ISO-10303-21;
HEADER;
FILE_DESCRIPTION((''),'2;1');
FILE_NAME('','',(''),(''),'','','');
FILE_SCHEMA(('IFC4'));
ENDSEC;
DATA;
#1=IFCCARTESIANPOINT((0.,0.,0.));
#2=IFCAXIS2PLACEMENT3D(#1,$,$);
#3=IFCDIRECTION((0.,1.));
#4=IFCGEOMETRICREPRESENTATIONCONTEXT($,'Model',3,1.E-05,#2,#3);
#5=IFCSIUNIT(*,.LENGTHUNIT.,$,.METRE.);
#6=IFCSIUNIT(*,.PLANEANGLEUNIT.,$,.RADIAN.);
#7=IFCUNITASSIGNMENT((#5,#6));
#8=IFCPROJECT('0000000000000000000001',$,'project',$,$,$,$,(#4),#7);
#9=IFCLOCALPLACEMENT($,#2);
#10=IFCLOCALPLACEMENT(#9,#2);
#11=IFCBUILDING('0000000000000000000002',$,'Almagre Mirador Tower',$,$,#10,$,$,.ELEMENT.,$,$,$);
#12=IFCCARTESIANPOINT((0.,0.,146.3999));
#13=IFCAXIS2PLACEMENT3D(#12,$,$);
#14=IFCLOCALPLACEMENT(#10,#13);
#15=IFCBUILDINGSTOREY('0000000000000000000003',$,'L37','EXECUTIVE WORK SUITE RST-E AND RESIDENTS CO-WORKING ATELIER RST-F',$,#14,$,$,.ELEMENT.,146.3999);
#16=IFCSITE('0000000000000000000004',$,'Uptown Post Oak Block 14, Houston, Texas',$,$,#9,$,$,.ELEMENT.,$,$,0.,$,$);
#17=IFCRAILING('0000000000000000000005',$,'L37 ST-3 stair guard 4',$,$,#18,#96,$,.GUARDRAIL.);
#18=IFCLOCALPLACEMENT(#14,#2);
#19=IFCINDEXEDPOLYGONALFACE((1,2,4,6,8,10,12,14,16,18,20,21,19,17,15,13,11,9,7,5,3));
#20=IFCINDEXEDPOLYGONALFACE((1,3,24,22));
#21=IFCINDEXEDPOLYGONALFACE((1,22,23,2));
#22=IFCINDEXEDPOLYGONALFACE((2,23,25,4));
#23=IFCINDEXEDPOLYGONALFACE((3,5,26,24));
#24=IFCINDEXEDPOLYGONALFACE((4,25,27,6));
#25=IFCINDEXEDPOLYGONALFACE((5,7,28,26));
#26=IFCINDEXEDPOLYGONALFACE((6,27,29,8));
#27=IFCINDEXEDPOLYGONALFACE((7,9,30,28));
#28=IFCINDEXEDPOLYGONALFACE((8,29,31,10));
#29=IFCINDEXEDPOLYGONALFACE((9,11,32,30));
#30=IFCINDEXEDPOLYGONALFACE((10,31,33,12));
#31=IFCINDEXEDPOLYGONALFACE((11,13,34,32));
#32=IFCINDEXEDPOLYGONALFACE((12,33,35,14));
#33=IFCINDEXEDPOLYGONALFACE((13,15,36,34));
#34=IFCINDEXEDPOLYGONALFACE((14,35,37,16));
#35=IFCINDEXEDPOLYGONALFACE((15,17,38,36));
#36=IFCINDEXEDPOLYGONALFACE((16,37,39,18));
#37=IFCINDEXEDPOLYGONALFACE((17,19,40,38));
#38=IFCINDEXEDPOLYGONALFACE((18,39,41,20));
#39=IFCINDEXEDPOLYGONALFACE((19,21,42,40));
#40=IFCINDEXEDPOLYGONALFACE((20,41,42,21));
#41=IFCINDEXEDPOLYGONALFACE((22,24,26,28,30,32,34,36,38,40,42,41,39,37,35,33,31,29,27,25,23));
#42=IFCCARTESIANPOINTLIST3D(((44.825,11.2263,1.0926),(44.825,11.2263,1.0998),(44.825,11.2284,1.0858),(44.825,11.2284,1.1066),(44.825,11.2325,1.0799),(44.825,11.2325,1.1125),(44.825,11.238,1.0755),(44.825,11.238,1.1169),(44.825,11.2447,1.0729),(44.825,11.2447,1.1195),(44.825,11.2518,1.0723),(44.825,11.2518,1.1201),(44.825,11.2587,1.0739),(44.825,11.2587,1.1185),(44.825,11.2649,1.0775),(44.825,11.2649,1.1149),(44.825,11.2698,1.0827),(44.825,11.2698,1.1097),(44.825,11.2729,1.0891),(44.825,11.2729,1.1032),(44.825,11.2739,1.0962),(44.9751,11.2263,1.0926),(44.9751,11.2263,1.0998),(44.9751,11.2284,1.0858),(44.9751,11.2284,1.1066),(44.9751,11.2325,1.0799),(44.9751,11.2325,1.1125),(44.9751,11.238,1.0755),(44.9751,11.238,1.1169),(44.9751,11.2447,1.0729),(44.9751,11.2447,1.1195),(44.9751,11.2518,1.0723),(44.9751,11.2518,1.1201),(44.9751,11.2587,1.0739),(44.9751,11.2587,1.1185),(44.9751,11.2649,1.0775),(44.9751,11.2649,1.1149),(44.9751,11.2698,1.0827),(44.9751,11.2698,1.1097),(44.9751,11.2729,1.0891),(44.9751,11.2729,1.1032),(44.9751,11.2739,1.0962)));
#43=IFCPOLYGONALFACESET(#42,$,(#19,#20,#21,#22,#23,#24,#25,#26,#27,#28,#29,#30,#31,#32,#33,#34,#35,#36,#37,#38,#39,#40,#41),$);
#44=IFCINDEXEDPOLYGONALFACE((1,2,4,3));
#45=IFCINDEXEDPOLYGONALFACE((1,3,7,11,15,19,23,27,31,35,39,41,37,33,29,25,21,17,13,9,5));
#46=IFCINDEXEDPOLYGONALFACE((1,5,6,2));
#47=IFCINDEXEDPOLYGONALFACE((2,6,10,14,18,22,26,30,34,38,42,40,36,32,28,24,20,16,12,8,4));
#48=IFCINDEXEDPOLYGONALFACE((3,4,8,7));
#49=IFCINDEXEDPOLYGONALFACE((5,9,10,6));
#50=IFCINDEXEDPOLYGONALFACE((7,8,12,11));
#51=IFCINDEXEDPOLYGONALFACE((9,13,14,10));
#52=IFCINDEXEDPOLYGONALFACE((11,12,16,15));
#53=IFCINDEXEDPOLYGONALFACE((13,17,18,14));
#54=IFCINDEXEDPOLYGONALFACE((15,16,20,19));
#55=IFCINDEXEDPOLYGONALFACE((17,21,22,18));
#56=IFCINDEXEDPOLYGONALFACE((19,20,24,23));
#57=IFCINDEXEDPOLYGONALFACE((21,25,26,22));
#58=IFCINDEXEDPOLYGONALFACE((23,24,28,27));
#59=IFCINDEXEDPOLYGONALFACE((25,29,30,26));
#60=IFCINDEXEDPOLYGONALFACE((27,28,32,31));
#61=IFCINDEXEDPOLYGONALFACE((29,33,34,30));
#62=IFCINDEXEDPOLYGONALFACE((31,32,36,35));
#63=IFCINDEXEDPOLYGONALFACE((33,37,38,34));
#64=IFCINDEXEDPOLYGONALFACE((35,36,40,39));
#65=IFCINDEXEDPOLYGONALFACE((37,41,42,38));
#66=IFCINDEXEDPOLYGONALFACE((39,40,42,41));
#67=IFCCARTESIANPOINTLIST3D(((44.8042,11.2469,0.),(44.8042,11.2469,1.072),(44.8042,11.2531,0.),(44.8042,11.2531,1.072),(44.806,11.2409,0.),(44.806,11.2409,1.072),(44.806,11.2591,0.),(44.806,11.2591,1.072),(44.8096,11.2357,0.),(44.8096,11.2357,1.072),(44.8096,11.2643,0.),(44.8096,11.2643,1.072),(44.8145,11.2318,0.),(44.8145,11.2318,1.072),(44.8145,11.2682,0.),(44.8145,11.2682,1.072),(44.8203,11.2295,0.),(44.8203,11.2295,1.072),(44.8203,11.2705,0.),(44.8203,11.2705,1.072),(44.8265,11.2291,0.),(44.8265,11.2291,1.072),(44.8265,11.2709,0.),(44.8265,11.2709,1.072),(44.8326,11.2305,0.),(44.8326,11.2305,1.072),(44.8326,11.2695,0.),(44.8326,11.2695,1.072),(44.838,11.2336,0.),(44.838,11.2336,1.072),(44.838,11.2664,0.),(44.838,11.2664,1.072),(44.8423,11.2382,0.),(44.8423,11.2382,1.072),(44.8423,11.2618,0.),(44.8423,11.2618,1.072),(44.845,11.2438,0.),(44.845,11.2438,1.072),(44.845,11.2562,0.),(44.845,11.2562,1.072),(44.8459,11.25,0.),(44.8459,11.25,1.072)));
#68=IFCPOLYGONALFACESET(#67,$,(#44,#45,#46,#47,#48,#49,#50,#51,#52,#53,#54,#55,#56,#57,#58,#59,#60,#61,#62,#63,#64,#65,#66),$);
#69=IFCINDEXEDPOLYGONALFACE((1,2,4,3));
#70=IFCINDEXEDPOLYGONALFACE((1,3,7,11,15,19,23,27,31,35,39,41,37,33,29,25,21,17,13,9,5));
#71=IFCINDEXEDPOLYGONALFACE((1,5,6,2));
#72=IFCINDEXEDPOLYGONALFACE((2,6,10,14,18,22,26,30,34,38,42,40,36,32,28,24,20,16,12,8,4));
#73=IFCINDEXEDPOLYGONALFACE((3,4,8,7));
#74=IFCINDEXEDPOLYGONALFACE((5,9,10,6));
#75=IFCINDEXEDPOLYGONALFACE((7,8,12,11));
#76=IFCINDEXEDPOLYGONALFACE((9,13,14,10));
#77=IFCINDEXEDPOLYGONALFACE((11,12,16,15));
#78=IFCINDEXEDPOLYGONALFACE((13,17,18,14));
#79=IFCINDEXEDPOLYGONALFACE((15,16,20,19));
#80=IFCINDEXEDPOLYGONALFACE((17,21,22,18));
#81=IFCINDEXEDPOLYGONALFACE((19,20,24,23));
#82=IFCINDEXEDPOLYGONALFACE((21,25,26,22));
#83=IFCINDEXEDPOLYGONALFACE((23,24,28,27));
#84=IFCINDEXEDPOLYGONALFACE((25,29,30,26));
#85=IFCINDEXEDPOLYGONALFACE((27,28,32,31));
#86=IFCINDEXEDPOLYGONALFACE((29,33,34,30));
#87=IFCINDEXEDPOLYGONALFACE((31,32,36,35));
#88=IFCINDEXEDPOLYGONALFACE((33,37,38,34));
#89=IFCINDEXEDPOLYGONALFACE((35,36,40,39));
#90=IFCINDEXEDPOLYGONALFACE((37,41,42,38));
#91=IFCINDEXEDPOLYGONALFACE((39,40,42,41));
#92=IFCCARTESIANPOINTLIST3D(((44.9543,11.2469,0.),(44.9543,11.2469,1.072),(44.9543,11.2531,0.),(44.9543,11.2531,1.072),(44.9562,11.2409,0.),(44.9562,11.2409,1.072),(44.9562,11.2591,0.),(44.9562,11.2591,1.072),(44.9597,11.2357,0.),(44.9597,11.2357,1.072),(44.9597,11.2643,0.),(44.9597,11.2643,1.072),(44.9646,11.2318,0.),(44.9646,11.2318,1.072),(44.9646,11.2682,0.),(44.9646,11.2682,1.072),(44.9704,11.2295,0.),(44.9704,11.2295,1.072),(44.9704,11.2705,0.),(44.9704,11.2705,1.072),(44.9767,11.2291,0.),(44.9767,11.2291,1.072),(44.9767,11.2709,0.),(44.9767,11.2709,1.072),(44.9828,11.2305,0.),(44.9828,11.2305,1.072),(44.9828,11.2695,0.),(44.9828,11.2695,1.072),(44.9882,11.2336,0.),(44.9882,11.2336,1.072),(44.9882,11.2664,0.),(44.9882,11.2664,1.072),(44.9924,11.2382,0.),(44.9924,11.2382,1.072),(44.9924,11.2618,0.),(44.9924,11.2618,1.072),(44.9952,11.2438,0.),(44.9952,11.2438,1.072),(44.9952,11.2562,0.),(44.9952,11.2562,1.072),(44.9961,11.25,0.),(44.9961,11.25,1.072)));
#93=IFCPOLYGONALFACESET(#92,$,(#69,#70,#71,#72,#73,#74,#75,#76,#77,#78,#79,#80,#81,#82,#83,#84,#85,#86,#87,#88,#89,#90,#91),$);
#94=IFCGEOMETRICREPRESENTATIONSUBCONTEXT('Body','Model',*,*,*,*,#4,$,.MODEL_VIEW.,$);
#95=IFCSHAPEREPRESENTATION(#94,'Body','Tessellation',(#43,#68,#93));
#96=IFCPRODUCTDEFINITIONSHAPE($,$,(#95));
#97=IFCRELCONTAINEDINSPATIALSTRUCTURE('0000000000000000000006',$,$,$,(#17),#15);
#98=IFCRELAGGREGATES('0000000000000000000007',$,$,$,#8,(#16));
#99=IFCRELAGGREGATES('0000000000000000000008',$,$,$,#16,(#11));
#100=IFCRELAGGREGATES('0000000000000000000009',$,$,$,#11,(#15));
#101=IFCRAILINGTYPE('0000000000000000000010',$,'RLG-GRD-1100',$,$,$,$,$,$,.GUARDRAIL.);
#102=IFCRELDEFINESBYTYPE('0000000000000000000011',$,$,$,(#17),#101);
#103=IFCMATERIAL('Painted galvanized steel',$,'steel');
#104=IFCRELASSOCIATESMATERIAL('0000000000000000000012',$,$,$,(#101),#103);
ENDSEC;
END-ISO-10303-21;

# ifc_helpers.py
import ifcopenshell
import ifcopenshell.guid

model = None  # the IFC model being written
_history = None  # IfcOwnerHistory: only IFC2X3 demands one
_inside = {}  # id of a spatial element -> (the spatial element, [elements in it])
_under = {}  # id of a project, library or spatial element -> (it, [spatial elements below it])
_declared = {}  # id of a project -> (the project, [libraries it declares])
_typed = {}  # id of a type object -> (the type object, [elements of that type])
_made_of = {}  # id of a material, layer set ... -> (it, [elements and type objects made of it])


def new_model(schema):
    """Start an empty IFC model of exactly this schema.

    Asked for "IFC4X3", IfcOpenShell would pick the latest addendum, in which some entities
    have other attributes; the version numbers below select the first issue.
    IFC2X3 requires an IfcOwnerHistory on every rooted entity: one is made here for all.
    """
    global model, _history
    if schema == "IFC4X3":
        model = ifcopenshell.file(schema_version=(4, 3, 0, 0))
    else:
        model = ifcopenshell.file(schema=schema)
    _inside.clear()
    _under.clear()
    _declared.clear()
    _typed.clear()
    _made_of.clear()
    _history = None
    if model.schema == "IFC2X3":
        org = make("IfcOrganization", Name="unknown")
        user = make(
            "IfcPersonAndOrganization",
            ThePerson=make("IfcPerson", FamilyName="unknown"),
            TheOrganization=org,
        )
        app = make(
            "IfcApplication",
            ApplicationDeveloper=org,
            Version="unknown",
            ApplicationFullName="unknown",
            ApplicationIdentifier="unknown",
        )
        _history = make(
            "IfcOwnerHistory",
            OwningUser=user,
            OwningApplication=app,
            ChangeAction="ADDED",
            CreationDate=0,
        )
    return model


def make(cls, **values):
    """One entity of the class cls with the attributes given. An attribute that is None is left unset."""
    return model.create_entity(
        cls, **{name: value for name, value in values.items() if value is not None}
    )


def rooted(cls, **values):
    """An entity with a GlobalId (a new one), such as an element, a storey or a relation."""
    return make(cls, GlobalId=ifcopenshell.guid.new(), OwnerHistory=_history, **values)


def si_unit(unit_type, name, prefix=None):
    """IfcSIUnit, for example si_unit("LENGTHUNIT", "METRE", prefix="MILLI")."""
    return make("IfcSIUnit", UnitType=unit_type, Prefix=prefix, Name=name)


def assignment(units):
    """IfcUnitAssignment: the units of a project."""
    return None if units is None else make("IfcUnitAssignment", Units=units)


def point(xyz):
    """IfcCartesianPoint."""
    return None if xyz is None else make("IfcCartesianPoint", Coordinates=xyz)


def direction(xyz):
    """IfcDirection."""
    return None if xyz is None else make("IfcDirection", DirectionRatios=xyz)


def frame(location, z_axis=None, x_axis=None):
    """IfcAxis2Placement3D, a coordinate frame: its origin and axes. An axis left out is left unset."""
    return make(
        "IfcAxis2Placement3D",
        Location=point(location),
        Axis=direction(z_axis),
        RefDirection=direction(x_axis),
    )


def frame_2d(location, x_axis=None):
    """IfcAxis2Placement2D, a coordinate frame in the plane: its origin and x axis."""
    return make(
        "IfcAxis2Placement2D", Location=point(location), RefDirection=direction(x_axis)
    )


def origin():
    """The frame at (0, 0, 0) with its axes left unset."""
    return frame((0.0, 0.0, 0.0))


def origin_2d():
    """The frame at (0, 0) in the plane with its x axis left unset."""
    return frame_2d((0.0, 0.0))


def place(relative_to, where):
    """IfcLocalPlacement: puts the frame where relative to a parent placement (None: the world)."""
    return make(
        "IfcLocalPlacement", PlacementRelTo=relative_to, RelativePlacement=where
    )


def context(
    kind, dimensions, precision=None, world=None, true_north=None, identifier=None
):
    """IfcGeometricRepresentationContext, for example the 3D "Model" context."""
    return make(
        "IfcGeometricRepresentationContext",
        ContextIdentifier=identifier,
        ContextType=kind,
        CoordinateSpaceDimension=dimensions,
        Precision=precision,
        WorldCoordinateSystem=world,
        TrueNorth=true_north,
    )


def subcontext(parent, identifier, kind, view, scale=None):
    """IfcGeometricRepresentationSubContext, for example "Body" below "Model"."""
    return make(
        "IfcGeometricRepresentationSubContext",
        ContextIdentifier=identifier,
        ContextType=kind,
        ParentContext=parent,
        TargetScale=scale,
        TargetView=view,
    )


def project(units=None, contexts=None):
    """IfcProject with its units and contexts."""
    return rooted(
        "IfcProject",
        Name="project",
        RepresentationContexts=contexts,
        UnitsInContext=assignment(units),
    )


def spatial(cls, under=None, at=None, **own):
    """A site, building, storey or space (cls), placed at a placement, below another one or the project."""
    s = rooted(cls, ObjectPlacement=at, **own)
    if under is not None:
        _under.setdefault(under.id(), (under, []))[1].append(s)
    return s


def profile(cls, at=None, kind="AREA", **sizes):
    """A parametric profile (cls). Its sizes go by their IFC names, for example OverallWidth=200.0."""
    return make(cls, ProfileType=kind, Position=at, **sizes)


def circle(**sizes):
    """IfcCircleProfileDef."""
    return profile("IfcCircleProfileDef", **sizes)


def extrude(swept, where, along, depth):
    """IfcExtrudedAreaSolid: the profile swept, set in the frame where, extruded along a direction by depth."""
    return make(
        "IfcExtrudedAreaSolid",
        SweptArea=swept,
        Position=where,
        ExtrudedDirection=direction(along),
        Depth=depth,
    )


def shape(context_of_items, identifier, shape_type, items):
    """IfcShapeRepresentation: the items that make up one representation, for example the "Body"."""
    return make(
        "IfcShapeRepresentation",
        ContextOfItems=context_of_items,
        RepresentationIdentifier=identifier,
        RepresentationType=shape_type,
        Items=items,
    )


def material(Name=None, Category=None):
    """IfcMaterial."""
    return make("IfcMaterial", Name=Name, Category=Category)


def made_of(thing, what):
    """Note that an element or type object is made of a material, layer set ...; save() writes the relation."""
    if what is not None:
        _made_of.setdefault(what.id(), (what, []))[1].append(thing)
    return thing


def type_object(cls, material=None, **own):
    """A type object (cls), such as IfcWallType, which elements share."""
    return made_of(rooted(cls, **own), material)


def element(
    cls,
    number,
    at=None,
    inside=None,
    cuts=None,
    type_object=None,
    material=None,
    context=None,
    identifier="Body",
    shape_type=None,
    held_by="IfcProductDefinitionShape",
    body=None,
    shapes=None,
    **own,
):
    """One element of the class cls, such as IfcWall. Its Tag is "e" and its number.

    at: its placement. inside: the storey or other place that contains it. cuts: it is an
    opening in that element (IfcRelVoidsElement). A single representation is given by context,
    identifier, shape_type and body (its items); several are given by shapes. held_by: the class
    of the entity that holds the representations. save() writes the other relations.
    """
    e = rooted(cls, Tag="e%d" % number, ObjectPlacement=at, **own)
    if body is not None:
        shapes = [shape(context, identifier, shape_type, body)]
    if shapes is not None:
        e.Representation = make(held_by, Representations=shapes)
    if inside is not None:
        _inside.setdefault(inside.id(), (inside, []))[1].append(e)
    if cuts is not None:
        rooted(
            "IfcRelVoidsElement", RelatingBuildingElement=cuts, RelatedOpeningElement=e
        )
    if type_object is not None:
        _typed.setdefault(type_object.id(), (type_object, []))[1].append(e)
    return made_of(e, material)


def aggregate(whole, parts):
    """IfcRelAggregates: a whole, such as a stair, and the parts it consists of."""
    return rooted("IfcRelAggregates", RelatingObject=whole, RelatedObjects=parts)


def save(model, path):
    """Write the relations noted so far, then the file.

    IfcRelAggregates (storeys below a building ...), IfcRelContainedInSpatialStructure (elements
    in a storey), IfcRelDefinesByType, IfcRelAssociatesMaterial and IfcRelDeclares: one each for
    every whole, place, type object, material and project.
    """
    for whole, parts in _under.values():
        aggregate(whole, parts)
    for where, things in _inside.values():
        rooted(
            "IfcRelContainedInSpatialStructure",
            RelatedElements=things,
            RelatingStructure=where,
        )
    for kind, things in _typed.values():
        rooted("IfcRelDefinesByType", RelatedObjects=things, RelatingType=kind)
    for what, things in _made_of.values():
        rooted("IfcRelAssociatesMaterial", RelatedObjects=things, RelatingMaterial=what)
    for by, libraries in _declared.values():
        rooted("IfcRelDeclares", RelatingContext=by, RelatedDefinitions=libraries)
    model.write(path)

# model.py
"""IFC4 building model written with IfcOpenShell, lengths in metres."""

from ifc_helpers import new_model, si_unit, direction, frame, origin, origin_2d, place, context, subcontext, project, spatial, circle, extrude, material, type_object, element, save


model = new_model("IFC4")

# Units and contexts
model_context = context("Model", 3, precision=1e-05, world=origin(), true_north=direction((0.0, 1.0)))
body_context = subcontext(model_context, "Body", "Model", "MODEL_VIEW")
ifc_project = project(units=[si_unit("LENGTHUNIT", "METRE"), si_unit("PLANEANGLEUNIT", "RADIAN")], contexts=[model_context])

# Site, building, storey
site_placement = place(None, origin())
site = spatial("IfcSite", under=ifc_project, at=site_placement, Name="Uptown Post Oak Block 14, Houston, Texas", CompositionType="ELEMENT", RefElevation=0.0)
building_placement = place(site_placement, origin())
building = spatial("IfcBuilding", under=site, at=building_placement, Name="Almagre Mirador Tower", CompositionType="ELEMENT")
storey_placement = place(building_placement, frame((0.0, 0.0, 146.3999)))
storey = spatial("IfcBuildingStorey", under=building, at=storey_placement, Name="L37", Description="EXECUTIVE WORK SUITE RST-E AND RESIDENTS CO-WORKING ATELIER RST-F", CompositionType="ELEMENT", Elevation=146.3999)

# Railing
ifc_material_1 = material(Name="Painted galvanized steel", Category="steel")
railing_type_1 = type_object("IfcRailingType", Name="RLG-GRD-1100", PredefinedType="GUARDRAIL", material=ifc_material_1)
railing_1_placement = place(storey_placement, frame((44.825, 11.25, 0.0)))
element("IfcRailing", 1, at=railing_1_placement, inside=storey, type_object=railing_type_1, Name="L37 ST-3 stair guard 4", PredefinedType="GUARDRAIL", context=body_context, shape_type="SweptSolid", body=[
    extrude(circle(Radius=0.0239, at=origin_2d()), frame((0.0, 0.0, 1.0962), z_axis=(1.0, 0.0, 0.0), x_axis=(0.0, 1.0, 0.0)), (0.0, 0.0, 1.0), 0.1501),
    extrude(circle(Radius=0.021, at=origin_2d()), origin(), (0.0, 0.0, 1.0), 1.072),
    extrude(circle(Radius=0.021, at=origin_2d()), frame((0.1501, 0.0, 0.0)), (0.0, 0.0, 1.0), 1.072),
])

save(model, "model.ifc")
